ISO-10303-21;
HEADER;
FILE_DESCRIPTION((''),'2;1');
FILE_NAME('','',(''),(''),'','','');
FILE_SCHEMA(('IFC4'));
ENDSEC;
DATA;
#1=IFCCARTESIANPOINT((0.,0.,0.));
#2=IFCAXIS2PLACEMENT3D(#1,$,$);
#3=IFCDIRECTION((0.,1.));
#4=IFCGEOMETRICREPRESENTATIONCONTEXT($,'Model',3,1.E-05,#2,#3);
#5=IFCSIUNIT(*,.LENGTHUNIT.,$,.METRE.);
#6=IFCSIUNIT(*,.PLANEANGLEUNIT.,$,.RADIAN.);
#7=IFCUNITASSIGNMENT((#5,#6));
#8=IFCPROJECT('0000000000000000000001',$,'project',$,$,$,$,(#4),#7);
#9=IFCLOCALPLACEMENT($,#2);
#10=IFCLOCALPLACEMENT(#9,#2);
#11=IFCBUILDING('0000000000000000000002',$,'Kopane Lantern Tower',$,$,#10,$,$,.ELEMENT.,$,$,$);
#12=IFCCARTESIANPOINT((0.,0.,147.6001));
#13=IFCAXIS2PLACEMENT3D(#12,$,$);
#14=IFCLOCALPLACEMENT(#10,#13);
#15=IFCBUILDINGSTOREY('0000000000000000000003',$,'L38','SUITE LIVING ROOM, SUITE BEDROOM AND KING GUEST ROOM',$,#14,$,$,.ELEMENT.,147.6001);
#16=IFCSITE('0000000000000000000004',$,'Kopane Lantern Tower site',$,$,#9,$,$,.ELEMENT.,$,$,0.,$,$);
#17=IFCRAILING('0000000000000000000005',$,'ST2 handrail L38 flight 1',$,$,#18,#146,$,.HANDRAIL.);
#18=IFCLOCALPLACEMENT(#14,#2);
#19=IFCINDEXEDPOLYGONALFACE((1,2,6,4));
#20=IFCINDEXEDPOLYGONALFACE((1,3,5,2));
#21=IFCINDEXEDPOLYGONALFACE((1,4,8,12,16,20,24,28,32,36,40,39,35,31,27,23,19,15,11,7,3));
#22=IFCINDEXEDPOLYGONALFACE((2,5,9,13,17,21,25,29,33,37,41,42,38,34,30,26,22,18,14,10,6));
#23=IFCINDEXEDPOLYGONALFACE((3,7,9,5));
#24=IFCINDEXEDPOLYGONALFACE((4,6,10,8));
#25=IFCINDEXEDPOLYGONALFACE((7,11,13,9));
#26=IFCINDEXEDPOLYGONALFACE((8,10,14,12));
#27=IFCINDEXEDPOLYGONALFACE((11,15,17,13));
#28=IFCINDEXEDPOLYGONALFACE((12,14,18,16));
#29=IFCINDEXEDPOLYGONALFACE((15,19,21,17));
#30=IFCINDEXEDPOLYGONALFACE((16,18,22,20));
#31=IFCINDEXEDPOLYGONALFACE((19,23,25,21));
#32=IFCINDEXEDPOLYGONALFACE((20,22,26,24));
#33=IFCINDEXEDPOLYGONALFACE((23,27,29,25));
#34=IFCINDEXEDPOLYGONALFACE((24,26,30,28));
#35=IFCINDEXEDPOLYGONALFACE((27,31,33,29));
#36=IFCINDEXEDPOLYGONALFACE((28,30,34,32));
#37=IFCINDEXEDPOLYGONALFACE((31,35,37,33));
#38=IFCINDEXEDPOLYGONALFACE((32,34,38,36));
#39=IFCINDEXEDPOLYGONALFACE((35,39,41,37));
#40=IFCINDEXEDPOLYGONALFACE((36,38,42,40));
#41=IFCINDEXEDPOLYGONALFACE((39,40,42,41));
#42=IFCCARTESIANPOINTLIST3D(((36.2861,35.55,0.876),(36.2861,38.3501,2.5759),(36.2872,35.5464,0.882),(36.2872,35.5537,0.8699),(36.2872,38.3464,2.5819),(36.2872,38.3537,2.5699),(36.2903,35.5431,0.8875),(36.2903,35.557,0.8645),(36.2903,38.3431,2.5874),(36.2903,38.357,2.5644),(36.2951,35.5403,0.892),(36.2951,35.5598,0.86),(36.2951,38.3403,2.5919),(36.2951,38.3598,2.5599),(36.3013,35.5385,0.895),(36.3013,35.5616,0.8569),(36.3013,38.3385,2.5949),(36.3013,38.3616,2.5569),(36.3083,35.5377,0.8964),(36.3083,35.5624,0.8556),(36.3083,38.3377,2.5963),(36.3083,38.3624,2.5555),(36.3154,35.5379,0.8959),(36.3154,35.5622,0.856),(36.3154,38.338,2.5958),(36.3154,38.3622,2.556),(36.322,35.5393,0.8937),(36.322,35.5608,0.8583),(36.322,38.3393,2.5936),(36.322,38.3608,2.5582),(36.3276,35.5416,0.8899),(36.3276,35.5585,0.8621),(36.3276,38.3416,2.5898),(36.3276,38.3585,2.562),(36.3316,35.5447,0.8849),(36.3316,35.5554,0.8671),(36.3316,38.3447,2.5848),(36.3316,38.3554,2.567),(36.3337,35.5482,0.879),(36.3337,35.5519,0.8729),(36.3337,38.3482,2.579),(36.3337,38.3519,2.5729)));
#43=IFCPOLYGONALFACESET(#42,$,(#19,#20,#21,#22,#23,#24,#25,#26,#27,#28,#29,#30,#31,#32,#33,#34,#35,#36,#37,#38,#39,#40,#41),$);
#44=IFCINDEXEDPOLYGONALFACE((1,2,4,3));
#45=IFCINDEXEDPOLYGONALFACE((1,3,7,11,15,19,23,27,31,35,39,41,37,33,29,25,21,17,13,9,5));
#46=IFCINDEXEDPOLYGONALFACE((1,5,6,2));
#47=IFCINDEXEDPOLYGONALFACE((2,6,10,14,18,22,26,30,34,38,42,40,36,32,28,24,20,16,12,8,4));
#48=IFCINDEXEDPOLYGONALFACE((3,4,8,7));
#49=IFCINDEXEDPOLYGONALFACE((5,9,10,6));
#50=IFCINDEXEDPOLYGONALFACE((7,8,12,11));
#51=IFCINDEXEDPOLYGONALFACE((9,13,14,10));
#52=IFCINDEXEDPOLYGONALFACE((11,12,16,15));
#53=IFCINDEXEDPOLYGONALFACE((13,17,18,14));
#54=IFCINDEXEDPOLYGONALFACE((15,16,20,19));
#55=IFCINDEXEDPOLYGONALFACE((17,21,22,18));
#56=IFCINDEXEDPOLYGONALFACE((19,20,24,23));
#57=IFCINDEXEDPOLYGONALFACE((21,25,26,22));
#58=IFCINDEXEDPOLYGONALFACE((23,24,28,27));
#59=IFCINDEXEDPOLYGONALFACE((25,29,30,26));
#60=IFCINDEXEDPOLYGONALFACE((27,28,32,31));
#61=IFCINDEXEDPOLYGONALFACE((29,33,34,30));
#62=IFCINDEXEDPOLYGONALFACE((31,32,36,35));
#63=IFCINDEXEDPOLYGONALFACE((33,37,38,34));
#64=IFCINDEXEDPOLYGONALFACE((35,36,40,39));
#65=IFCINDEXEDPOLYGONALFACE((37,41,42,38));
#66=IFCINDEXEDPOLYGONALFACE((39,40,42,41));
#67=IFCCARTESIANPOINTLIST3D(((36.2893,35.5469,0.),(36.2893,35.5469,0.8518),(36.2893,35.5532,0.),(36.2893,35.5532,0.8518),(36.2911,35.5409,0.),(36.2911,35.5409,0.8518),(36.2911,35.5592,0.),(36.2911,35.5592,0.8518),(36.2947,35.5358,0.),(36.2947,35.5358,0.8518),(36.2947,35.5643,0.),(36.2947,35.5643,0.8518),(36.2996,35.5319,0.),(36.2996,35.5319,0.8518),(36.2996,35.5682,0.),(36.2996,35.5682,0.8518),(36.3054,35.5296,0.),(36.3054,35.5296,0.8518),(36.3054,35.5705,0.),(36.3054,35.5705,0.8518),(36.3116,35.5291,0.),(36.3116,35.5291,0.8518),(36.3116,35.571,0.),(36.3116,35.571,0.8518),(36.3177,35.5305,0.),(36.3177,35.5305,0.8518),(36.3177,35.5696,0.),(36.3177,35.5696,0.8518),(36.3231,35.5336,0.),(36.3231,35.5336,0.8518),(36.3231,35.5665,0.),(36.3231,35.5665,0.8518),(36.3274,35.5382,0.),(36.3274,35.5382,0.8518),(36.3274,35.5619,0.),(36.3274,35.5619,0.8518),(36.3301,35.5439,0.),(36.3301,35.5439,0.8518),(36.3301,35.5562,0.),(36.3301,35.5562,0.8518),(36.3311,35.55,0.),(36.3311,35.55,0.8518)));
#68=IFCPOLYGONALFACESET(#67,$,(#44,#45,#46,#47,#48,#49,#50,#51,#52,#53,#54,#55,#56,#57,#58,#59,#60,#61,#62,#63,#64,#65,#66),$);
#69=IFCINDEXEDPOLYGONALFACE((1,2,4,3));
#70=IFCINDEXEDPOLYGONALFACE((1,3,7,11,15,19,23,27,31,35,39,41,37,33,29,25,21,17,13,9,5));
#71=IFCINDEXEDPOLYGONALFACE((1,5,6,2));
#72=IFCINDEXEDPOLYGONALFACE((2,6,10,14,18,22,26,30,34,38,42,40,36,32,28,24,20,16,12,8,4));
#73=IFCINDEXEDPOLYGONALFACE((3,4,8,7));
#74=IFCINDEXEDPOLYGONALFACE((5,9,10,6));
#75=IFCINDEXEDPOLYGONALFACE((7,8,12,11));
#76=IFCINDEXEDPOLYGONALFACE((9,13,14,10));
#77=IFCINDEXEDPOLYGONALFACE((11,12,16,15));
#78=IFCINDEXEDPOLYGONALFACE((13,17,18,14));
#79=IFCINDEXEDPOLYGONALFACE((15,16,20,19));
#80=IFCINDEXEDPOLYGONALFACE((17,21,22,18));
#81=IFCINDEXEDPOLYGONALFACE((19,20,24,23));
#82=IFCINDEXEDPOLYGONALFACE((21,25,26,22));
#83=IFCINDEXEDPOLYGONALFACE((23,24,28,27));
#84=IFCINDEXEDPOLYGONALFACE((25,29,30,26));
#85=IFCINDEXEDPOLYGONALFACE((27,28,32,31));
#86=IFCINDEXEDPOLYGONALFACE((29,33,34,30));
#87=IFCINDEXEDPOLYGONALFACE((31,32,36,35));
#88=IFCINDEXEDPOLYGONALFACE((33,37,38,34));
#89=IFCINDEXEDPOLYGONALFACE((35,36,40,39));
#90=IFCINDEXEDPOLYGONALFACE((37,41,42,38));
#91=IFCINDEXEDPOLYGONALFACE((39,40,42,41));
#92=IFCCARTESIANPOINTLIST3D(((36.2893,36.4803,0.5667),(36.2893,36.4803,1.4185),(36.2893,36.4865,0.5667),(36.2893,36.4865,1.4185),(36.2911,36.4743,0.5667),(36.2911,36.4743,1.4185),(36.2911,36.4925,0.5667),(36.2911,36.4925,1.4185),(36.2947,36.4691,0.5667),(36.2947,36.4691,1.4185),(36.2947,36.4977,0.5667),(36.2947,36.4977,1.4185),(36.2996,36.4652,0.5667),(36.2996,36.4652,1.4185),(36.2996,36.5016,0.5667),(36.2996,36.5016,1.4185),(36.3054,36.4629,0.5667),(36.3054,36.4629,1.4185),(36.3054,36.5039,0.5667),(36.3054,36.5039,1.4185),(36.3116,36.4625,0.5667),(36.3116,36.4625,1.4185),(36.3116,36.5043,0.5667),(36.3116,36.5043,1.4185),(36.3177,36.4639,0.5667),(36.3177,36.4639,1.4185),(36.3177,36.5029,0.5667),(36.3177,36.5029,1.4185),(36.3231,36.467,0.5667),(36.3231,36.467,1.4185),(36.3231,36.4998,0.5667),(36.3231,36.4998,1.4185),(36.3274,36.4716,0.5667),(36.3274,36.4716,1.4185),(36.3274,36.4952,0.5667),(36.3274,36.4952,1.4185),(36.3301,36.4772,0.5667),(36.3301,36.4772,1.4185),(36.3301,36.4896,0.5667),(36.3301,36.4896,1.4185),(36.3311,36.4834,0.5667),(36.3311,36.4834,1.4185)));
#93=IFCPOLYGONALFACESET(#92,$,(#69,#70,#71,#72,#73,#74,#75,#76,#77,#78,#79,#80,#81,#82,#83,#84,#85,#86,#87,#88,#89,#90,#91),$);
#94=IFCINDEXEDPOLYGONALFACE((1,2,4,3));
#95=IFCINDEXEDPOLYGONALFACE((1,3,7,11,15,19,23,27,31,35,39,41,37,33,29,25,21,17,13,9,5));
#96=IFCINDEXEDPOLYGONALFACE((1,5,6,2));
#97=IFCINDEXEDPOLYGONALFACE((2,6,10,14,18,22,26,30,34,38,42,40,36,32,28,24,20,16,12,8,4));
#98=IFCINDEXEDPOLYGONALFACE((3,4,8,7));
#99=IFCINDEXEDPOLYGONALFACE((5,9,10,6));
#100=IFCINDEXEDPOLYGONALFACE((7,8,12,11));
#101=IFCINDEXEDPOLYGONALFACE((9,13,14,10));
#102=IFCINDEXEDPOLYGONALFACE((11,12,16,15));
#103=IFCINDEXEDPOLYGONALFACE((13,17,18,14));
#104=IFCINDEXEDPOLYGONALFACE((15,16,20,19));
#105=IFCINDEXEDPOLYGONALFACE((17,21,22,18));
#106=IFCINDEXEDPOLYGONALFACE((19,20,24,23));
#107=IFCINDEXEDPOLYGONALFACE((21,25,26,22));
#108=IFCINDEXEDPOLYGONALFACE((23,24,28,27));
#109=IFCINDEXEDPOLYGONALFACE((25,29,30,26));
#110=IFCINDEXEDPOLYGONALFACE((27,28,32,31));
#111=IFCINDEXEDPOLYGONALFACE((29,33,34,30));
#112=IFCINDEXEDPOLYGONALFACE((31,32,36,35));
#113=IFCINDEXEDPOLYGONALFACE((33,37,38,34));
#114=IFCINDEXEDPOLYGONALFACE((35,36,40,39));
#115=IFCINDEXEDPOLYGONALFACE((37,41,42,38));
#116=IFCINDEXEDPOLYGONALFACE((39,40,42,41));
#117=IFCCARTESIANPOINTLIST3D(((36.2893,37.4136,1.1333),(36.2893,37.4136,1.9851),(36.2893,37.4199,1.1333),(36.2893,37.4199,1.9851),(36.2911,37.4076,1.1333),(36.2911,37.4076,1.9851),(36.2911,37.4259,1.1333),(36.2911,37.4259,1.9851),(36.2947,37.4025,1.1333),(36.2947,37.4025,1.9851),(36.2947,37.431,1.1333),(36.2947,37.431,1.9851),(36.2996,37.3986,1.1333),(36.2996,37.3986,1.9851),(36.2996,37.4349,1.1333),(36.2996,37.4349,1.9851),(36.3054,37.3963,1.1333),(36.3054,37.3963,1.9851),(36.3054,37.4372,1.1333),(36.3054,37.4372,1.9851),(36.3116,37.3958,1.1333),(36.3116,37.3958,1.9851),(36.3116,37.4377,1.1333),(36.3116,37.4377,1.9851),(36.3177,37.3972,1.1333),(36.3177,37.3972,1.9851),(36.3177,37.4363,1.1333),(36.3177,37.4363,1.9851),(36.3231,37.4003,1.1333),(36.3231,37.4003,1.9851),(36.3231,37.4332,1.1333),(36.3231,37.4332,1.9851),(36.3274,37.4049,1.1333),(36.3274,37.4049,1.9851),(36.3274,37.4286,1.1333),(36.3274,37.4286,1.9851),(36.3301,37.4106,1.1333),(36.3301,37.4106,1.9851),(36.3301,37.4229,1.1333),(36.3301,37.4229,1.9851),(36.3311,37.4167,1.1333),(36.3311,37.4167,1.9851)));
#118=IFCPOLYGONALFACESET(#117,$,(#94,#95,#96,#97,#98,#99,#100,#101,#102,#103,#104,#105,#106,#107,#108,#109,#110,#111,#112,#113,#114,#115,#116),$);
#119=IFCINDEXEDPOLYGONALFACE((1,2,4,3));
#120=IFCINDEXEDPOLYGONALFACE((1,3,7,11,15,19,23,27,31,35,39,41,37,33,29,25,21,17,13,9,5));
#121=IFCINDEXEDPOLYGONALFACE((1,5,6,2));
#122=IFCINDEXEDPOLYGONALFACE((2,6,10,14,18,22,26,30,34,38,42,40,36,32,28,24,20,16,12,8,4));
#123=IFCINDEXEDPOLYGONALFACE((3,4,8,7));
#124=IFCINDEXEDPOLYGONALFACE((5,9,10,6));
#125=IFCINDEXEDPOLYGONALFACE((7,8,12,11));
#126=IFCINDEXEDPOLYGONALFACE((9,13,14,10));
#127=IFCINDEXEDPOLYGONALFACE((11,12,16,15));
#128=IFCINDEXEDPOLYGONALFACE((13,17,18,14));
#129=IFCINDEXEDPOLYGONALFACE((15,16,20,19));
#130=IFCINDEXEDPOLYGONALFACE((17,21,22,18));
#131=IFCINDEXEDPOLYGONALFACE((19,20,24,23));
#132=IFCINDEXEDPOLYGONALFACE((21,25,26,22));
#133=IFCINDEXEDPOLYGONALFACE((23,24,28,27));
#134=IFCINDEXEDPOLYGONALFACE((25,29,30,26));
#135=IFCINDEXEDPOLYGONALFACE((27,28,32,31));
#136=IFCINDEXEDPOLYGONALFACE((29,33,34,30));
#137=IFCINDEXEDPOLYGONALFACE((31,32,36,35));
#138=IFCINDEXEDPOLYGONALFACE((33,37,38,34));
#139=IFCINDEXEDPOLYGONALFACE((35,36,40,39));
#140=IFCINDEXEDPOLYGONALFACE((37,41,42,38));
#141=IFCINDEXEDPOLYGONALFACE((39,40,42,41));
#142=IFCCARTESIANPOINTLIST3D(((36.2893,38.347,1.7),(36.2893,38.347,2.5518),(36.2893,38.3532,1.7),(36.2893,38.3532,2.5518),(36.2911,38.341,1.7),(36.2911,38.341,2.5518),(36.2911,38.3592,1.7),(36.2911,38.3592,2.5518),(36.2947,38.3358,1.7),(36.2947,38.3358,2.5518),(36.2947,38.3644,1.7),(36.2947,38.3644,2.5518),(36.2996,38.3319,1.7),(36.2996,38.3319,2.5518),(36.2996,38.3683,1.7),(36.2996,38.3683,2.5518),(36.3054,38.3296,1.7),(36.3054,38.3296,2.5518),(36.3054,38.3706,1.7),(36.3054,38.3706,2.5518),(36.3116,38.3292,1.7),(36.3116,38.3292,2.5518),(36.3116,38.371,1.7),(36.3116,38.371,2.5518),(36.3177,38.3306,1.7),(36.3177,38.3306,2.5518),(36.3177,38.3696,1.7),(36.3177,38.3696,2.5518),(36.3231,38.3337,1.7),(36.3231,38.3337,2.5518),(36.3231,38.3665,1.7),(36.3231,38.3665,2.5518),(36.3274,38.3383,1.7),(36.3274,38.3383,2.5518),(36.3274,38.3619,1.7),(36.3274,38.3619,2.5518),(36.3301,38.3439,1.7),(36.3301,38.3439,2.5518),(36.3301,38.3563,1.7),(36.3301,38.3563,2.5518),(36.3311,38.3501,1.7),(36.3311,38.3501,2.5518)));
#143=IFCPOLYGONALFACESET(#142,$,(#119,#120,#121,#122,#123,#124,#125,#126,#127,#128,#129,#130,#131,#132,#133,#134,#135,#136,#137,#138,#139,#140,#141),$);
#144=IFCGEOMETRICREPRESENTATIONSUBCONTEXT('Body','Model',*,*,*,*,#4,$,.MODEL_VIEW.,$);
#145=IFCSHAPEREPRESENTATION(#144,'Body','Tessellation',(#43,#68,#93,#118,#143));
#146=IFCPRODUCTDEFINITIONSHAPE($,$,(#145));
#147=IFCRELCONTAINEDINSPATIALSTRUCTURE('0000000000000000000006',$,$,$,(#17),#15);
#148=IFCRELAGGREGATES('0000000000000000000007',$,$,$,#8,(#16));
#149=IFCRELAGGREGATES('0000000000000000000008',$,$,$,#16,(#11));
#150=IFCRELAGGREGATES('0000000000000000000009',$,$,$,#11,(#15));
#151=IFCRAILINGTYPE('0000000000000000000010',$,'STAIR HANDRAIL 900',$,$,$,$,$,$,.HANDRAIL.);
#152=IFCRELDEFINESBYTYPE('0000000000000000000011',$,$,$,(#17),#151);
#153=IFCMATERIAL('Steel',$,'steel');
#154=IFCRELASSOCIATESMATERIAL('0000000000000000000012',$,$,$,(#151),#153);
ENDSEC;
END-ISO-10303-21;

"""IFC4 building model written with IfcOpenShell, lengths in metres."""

from ifc_helpers import new_model, si_unit, direction, frame, origin, origin_2d, place, context, subcontext, project, spatial, circle, extrude, material, type_object, element, save


model = new_model("IFC4")

# Units and contexts
model_context = context("Model", 3, precision=1e-05, world=origin(), true_north=direction((0.0, 1.0)))
body_context = subcontext(model_context, "Body", "Model", "MODEL_VIEW")
ifc_project = project(units=[si_unit("LENGTHUNIT", "METRE"), si_unit("PLANEANGLEUNIT", "RADIAN")], contexts=[model_context])

# Site, building, storey
site_placement = place(None, origin())
site = spatial("IfcSite", under=ifc_project, at=site_placement, Name="Kopane Lantern Tower site", CompositionType="ELEMENT", RefElevation=0.0)
building_placement = place(site_placement, origin())
building = spatial("IfcBuilding", under=site, at=building_placement, Name="Kopane Lantern Tower", CompositionType="ELEMENT")
storey_placement = place(building_placement, frame((0.0, 0.0, 147.6001)))
storey = spatial("IfcBuildingStorey", under=building, at=storey_placement, Name="L38", Description="SUITE LIVING ROOM, SUITE BEDROOM AND KING GUEST ROOM", CompositionType="ELEMENT", Elevation=147.6001)

# Railing
ifc_material_1 = material(Name="Steel", Category="steel")
railing_type_1 = type_object("IfcRailingType", Name="STAIR HANDRAIL 900", PredefinedType="HANDRAIL", material=ifc_material_1)
for number, where, name in (
    (1, (36.3101, 35.55, 0.0), "ST2 handrail L38 flight 1"),
):
    element("IfcRailing", number, at=place(storey_placement, frame(where)), inside=storey, type_object=railing_type_1, Name=name, PredefinedType="HANDRAIL", context=body_context, shape_type="SweptSolid", body=[
        extrude(circle(Radius=0.0239, at=origin_2d()), frame((0.0, 0.0, 0.876), z_axis=(0.0, 0.854798, 0.518961), x_axis=(-1.0, 0.0, 0.0)), (0.0, 0.0, 1.0), 3.2756),
        extrude(circle(Radius=0.021, at=origin_2d()), origin(), (0.0, 0.0, 1.0), 0.8518),
        extrude(circle(Radius=0.021, at=origin_2d()), frame((0.0, 0.9333, 0.5667)), (0.0, 0.0, 1.0), 0.8518),
        extrude(circle(Radius=0.021, at=origin_2d()), frame((0.0, 1.8667, 1.1333)), (0.0, 0.0, 1.0), 0.8518),
        extrude(circle(Radius=0.021, at=origin_2d()), frame((0.0, 2.8, 1.7)), (0.0, 0.0, 1.0), 0.8518),
    ])

save(model, "model.ifc")
